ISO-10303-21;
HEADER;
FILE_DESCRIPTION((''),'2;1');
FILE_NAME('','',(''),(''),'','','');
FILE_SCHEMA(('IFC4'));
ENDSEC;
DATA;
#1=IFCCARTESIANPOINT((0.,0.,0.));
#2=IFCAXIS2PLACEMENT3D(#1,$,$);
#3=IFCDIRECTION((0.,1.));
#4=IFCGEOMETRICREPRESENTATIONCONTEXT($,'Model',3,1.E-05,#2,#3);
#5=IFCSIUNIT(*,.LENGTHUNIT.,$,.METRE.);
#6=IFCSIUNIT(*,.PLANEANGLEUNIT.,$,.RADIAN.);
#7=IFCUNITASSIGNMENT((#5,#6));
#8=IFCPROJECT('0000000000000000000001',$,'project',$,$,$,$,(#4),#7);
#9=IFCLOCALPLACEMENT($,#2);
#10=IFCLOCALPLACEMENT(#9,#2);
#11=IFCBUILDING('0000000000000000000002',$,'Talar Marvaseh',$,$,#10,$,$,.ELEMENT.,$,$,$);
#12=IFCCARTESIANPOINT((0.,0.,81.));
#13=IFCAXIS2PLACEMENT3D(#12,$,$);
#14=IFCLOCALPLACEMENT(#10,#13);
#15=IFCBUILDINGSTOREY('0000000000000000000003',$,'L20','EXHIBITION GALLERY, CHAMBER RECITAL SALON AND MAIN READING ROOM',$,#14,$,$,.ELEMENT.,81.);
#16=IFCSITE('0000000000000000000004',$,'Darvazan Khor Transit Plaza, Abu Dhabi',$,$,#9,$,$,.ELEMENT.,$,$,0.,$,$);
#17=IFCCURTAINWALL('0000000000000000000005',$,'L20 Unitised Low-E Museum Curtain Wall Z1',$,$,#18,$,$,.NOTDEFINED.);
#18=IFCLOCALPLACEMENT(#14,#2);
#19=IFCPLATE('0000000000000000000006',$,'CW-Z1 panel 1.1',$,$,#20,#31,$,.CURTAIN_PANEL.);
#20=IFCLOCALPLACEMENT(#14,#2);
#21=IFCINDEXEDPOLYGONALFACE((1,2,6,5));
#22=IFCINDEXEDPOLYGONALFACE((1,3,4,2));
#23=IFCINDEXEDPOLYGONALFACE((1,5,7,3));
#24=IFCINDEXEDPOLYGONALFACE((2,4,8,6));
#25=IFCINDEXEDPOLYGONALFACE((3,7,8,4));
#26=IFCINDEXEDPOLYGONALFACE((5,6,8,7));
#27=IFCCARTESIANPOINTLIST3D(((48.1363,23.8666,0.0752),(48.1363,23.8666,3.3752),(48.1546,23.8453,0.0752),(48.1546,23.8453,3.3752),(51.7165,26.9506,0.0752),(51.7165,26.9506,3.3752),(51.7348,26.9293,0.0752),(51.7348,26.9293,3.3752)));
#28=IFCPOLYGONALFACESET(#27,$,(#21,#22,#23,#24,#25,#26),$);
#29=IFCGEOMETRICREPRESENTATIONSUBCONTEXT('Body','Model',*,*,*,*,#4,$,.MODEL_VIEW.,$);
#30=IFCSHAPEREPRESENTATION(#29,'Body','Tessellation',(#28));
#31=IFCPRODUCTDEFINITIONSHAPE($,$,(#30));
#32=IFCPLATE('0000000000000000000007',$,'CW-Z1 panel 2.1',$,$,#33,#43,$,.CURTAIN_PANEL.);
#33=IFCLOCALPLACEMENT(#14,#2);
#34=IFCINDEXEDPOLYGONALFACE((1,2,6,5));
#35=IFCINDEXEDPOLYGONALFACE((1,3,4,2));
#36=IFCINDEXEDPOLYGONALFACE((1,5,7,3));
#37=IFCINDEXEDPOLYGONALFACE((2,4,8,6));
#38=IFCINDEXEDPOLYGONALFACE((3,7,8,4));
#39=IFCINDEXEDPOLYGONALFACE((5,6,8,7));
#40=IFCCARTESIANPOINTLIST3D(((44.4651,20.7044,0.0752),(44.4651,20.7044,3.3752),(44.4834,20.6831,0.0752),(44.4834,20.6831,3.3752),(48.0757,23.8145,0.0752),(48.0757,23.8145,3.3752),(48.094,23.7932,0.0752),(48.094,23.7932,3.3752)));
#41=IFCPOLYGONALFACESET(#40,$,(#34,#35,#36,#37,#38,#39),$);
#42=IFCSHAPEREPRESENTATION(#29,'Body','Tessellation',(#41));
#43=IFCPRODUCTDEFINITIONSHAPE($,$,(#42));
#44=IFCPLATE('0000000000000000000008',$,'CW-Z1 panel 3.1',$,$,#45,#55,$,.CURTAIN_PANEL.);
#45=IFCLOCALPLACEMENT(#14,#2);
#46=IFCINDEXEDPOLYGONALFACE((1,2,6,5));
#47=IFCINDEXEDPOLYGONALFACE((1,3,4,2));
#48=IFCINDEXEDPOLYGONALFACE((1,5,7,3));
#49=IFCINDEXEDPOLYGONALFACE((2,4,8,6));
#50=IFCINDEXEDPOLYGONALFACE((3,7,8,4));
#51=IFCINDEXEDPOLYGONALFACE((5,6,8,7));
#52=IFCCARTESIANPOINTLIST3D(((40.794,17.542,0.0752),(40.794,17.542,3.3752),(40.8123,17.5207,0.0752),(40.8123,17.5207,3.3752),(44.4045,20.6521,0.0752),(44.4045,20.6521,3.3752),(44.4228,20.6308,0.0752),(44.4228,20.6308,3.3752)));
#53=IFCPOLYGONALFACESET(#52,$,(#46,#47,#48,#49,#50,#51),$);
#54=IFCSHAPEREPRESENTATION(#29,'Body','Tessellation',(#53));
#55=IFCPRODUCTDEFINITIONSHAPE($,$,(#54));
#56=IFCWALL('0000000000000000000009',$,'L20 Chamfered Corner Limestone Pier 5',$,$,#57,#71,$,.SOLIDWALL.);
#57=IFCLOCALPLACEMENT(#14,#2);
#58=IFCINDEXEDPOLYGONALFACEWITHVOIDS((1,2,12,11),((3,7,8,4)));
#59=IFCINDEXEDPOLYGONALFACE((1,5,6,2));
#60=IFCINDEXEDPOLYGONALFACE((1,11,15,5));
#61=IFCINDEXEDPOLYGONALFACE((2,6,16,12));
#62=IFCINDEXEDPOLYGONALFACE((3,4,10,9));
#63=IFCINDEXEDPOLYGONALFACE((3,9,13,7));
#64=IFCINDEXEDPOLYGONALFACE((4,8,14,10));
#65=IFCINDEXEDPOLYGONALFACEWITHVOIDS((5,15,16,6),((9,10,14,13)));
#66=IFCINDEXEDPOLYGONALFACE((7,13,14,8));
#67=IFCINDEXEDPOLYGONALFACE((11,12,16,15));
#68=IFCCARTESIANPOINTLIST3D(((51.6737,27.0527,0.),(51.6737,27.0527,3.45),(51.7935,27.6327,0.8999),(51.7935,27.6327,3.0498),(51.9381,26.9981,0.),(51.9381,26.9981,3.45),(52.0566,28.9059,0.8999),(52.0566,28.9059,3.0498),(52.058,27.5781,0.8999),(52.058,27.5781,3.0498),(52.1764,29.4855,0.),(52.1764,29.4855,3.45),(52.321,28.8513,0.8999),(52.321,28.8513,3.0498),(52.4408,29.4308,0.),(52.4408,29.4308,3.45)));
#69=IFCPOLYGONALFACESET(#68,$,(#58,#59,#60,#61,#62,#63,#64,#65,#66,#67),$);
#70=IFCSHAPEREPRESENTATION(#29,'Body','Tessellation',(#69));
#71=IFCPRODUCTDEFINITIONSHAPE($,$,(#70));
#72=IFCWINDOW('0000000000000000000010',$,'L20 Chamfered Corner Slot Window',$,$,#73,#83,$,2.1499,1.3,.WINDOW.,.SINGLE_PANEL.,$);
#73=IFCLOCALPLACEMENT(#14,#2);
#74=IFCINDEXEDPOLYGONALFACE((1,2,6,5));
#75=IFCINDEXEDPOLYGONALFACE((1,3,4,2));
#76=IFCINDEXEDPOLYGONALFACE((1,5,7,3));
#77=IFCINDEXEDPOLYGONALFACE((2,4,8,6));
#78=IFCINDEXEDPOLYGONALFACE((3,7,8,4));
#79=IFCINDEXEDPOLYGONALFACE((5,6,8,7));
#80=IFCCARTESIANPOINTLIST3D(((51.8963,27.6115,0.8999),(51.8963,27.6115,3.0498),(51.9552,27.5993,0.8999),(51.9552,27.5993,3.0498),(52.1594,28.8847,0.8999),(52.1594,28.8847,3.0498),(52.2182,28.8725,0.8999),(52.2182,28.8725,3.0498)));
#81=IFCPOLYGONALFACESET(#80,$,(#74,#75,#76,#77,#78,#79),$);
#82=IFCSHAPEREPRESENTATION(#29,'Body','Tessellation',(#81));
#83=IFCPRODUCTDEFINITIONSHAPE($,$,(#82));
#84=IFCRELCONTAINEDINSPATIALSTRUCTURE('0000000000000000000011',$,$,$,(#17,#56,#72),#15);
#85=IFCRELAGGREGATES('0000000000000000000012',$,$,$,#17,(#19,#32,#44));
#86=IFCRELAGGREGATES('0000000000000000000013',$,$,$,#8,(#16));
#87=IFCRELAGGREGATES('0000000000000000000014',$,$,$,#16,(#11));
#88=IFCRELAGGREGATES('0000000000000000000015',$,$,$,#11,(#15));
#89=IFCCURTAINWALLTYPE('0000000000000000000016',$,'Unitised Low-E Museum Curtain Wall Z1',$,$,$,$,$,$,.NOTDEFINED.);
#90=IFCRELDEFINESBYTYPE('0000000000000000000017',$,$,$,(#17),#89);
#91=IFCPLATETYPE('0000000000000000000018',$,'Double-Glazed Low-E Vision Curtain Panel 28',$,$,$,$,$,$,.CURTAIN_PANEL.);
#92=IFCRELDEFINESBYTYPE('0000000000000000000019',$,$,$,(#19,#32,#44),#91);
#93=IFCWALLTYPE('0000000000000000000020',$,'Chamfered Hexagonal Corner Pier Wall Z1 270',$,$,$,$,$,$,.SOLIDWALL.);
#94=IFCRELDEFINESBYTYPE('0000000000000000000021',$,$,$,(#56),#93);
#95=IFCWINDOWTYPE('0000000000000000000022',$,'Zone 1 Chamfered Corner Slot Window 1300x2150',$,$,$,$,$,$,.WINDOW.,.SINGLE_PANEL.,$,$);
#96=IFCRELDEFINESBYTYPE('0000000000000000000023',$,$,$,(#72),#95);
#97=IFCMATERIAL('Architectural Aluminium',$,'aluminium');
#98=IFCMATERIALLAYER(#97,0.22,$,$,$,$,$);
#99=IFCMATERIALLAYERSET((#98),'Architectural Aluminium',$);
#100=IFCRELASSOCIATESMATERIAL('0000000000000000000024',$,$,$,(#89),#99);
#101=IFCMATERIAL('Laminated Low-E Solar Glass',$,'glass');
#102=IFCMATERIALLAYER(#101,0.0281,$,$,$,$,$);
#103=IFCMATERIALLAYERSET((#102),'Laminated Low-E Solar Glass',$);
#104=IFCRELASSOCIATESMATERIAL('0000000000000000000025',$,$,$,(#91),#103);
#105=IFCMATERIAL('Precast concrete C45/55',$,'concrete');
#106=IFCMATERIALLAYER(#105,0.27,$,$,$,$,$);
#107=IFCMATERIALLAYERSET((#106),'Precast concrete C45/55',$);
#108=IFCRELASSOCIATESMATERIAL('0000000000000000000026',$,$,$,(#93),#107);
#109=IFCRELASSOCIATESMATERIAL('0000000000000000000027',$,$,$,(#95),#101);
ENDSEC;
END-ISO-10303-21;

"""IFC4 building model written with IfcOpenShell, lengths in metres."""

from ifc_helpers import new_model, si_unit, direction, frame, frame_2d, origin, origin_2d, place, context, subcontext, project, spatial, rectangle, extrude, source, transform, mapped, material, layer, layer_set, type_object, type_shapes, element, fill, aggregate, save


model = new_model("IFC4")

# Units and contexts
model_context = context("Model", 3, precision=1e-05, world=origin(), true_north=direction((0.0, 1.0)))
body_context = subcontext(model_context, "Body", "Model", "MODEL_VIEW")
ifc_project = project(units=[si_unit("LENGTHUNIT", "METRE"), si_unit("PLANEANGLEUNIT", "RADIAN")], contexts=[model_context])

# Site, building, storey
site_placement = place(None, origin())
site = spatial("IfcSite", under=ifc_project, at=site_placement, Name="Darvazan Khor Transit Plaza, Abu Dhabi", CompositionType="ELEMENT", RefElevation=0.0)
building_placement = place(site_placement, origin())
building = spatial("IfcBuilding", under=site, at=building_placement, Name="Talar Marvaseh", CompositionType="ELEMENT")
storey_placement = place(building_placement, frame((0.0, 0.0, 81.0)))
storey = spatial("IfcBuildingStorey", under=building, at=storey_placement, Name="L20", Description="EXHIBITION GALLERY, CHAMBER RECITAL SALON AND MAIN READING ROOM", CompositionType="ELEMENT", Elevation=81.0)

# Curtain wall
ifc_material_1 = material(Name="Architectural Aluminium", Category="aluminium")
ifc_layer_1 = layer(ifc_material_1, 0.22)
ifc_layer_set_1 = layer_set([ifc_layer_1], Name="Architectural Aluminium")
curtain_wall_type = type_object("IfcCurtainWallType", Name="Unitised Low-E Museum Curtain Wall Z1", PredefinedType="NOTDEFINED", material=ifc_layer_set_1)
curtain_wall_1_placement = place(storey_placement, origin())
curtain_wall_1 = element("IfcCurtainWall", 1, at=curtain_wall_1_placement, inside=storey, type_object=curtain_wall_type, Name="L20 Unitised Low-E Museum Curtain Wall Z1", PredefinedType="NOTDEFINED")

# Plates
ifc_material_2 = material(Name="Laminated Low-E Solar Glass", Category="glass")
ifc_layer_2 = layer(ifc_material_2, 0.0281)
ifc_layer_set_2 = layer_set([ifc_layer_2], Name="Laminated Low-E Solar Glass")
plate_type = type_object("IfcPlateType", Name="Double-Glazed Low-E Vision Curtain Panel 28", PredefinedType="CURTAIN_PANEL", material=ifc_layer_set_2)
shared_shape_1 = source(origin(), body_context, "Body", "SweptSolid", [
    extrude(rectangle(XDim=4.7253, YDim=0.0281, at=origin_2d()), origin(), (0.0, 0.0, 1.0), 3.3),
])
plate_1_placement = place(storey_placement, frame((49.9355, 25.3979, 0.0752), z_axis=(0.0, 0.0, 1.0), x_axis=(-0.757665, -0.652644, 0.0)))
plate_1 = element("IfcPlate", 2, at=plate_1_placement, type_object=plate_type, Name="CW-Z1 panel 1.1", PredefinedType="CURTAIN_PANEL", context=body_context, shape_type="MappedRepresentation", body=[
    mapped(shared_shape_1, transform((0.0, 0.0, 0.0), x_axis=(1.0, 0.0, 0.0), y_axis=(0.0, 1.0, 0.0), z_axis=(0.0, 0.0, 1.0), scale=1.0)),
])
shared_shape_2 = source(origin(), body_context, "Body", "SweptSolid", [
    extrude(rectangle(XDim=4.7654, YDim=0.0281, at=origin_2d()), origin(), (0.0, 0.0, 1.0), 3.3),
])
plate_2_placement = place(storey_placement, frame((46.2795, 22.2488, 0.0752), z_axis=(0.0, 0.0, 1.0), x_axis=(-0.757665, -0.652644, 0.0)))
plate_2 = element("IfcPlate", 3, at=plate_2_placement, type_object=plate_type, Name="CW-Z1 panel 2.1", PredefinedType="CURTAIN_PANEL", context=body_context, shape_type="MappedRepresentation", body=[
    mapped(shared_shape_2, transform((0.0, 0.0, 0.0), x_axis=(1.0, 0.0, 0.0), y_axis=(0.0, 1.0, 0.0), z_axis=(0.0, 0.0, 1.0), scale=1.0)),
])
plate_3_placement = place(storey_placement, frame((42.6084, 19.0864, 0.0752), z_axis=(0.0, 0.0, 1.0), x_axis=(-0.757665, -0.652644, 0.0)))
plate_3 = element("IfcPlate", 4, at=plate_3_placement, type_object=plate_type, Name="CW-Z1 panel 3.1", PredefinedType="CURTAIN_PANEL", context=body_context, shape_type="MappedRepresentation", body=[
    mapped(shared_shape_2, transform((0.0, 0.0, 0.0), x_axis=(1.0, 0.0, 0.0), y_axis=(0.0, 1.0, 0.0), z_axis=(0.0, 0.0, 1.0), scale=1.0)),
])
aggregate(curtain_wall_1, [plate_1, plate_2, plate_3])

# Wall, opening, window
ifc_material_3 = material(Name="Precast concrete C45/55", Category="concrete")
ifc_layer_3 = layer(ifc_material_3, 0.27)
ifc_layer_set_3 = layer_set([ifc_layer_3], Name="Precast concrete C45/55")
wall_type = type_object("IfcWallType", Name="Chamfered Hexagonal Corner Pier Wall Z1 270", PredefinedType="SOLIDWALL", material=ifc_layer_set_3)
wall_placement = place(storey_placement, frame((52.3086, 29.4583, 0.0), z_axis=(0.0, 0.0, 1.0), x_axis=(-0.202349, -0.979314, 0.0)))
wall = element("IfcWall", 5, at=wall_placement, inside=storey, type_object=wall_type, Name="L20 Chamfered Corner Limestone Pier 5", PredefinedType="SOLIDWALL", context=body_context, shape_type="SweptSolid", body=[
    extrude(rectangle(XDim=2.4841, YDim=0.27, at=frame_2d((1.2422, 0.0))), origin(), (0.0, 0.0, 1.0), 3.45),
])
opening_placement = place(wall_placement, frame((0.592, 0.0, 0.8999)))
opening = element("IfcOpeningElement", 6, at=opening_placement, cuts=wall, PredefinedType="OPENING", context=body_context, shape_type="SweptSolid", body=[
    extrude(rectangle(XDim=1.3, YDim=2.1499, at=frame_2d((0.6499, 1.075))), frame((0.0, 0.145, 0.0), z_axis=(0.0, -1.0, 0.0), x_axis=(1.0, 0.0, 0.0)), (0.0, 0.0, 1.0), 0.29),
])
window_type = type_object("IfcWindowType", Name="Zone 1 Chamfered Corner Slot Window 1300x2150", PartitioningType="SINGLE_PANEL", PredefinedType="WINDOW", material=ifc_material_2)
shared_shape_3 = source(origin(), body_context, "Body", "SweptSolid", [
    extrude(rectangle(XDim=1.3, YDim=2.1499, at=frame_2d((0.6499, 1.075))), frame((0.0, 0.03, 0.0), z_axis=(0.0, -1.0, 0.0), x_axis=(1.0, 0.0, 0.0)), (0.0, 0.0, 1.0), 0.0601),
])
type_shapes(window_type, [shared_shape_3])
window_placement = place(opening_placement, origin())
window = element("IfcWindow", 7, at=window_placement, inside=storey, type_object=window_type, Name="L20 Chamfered Corner Slot Window", OverallHeight=2.1499, OverallWidth=1.3, PartitioningType="SINGLE_PANEL", PredefinedType="WINDOW", context=body_context, shape_type="MappedRepresentation", body=[
    mapped(shared_shape_3, transform((0.0, 0.0, 0.0), x_axis=(1.0, 0.0, 0.0), y_axis=(0.0, 1.0, 0.0), z_axis=(0.0, 0.0, 1.0), scale=1.0)),
])
fill(opening, window)

save(model, "model.ifc")
